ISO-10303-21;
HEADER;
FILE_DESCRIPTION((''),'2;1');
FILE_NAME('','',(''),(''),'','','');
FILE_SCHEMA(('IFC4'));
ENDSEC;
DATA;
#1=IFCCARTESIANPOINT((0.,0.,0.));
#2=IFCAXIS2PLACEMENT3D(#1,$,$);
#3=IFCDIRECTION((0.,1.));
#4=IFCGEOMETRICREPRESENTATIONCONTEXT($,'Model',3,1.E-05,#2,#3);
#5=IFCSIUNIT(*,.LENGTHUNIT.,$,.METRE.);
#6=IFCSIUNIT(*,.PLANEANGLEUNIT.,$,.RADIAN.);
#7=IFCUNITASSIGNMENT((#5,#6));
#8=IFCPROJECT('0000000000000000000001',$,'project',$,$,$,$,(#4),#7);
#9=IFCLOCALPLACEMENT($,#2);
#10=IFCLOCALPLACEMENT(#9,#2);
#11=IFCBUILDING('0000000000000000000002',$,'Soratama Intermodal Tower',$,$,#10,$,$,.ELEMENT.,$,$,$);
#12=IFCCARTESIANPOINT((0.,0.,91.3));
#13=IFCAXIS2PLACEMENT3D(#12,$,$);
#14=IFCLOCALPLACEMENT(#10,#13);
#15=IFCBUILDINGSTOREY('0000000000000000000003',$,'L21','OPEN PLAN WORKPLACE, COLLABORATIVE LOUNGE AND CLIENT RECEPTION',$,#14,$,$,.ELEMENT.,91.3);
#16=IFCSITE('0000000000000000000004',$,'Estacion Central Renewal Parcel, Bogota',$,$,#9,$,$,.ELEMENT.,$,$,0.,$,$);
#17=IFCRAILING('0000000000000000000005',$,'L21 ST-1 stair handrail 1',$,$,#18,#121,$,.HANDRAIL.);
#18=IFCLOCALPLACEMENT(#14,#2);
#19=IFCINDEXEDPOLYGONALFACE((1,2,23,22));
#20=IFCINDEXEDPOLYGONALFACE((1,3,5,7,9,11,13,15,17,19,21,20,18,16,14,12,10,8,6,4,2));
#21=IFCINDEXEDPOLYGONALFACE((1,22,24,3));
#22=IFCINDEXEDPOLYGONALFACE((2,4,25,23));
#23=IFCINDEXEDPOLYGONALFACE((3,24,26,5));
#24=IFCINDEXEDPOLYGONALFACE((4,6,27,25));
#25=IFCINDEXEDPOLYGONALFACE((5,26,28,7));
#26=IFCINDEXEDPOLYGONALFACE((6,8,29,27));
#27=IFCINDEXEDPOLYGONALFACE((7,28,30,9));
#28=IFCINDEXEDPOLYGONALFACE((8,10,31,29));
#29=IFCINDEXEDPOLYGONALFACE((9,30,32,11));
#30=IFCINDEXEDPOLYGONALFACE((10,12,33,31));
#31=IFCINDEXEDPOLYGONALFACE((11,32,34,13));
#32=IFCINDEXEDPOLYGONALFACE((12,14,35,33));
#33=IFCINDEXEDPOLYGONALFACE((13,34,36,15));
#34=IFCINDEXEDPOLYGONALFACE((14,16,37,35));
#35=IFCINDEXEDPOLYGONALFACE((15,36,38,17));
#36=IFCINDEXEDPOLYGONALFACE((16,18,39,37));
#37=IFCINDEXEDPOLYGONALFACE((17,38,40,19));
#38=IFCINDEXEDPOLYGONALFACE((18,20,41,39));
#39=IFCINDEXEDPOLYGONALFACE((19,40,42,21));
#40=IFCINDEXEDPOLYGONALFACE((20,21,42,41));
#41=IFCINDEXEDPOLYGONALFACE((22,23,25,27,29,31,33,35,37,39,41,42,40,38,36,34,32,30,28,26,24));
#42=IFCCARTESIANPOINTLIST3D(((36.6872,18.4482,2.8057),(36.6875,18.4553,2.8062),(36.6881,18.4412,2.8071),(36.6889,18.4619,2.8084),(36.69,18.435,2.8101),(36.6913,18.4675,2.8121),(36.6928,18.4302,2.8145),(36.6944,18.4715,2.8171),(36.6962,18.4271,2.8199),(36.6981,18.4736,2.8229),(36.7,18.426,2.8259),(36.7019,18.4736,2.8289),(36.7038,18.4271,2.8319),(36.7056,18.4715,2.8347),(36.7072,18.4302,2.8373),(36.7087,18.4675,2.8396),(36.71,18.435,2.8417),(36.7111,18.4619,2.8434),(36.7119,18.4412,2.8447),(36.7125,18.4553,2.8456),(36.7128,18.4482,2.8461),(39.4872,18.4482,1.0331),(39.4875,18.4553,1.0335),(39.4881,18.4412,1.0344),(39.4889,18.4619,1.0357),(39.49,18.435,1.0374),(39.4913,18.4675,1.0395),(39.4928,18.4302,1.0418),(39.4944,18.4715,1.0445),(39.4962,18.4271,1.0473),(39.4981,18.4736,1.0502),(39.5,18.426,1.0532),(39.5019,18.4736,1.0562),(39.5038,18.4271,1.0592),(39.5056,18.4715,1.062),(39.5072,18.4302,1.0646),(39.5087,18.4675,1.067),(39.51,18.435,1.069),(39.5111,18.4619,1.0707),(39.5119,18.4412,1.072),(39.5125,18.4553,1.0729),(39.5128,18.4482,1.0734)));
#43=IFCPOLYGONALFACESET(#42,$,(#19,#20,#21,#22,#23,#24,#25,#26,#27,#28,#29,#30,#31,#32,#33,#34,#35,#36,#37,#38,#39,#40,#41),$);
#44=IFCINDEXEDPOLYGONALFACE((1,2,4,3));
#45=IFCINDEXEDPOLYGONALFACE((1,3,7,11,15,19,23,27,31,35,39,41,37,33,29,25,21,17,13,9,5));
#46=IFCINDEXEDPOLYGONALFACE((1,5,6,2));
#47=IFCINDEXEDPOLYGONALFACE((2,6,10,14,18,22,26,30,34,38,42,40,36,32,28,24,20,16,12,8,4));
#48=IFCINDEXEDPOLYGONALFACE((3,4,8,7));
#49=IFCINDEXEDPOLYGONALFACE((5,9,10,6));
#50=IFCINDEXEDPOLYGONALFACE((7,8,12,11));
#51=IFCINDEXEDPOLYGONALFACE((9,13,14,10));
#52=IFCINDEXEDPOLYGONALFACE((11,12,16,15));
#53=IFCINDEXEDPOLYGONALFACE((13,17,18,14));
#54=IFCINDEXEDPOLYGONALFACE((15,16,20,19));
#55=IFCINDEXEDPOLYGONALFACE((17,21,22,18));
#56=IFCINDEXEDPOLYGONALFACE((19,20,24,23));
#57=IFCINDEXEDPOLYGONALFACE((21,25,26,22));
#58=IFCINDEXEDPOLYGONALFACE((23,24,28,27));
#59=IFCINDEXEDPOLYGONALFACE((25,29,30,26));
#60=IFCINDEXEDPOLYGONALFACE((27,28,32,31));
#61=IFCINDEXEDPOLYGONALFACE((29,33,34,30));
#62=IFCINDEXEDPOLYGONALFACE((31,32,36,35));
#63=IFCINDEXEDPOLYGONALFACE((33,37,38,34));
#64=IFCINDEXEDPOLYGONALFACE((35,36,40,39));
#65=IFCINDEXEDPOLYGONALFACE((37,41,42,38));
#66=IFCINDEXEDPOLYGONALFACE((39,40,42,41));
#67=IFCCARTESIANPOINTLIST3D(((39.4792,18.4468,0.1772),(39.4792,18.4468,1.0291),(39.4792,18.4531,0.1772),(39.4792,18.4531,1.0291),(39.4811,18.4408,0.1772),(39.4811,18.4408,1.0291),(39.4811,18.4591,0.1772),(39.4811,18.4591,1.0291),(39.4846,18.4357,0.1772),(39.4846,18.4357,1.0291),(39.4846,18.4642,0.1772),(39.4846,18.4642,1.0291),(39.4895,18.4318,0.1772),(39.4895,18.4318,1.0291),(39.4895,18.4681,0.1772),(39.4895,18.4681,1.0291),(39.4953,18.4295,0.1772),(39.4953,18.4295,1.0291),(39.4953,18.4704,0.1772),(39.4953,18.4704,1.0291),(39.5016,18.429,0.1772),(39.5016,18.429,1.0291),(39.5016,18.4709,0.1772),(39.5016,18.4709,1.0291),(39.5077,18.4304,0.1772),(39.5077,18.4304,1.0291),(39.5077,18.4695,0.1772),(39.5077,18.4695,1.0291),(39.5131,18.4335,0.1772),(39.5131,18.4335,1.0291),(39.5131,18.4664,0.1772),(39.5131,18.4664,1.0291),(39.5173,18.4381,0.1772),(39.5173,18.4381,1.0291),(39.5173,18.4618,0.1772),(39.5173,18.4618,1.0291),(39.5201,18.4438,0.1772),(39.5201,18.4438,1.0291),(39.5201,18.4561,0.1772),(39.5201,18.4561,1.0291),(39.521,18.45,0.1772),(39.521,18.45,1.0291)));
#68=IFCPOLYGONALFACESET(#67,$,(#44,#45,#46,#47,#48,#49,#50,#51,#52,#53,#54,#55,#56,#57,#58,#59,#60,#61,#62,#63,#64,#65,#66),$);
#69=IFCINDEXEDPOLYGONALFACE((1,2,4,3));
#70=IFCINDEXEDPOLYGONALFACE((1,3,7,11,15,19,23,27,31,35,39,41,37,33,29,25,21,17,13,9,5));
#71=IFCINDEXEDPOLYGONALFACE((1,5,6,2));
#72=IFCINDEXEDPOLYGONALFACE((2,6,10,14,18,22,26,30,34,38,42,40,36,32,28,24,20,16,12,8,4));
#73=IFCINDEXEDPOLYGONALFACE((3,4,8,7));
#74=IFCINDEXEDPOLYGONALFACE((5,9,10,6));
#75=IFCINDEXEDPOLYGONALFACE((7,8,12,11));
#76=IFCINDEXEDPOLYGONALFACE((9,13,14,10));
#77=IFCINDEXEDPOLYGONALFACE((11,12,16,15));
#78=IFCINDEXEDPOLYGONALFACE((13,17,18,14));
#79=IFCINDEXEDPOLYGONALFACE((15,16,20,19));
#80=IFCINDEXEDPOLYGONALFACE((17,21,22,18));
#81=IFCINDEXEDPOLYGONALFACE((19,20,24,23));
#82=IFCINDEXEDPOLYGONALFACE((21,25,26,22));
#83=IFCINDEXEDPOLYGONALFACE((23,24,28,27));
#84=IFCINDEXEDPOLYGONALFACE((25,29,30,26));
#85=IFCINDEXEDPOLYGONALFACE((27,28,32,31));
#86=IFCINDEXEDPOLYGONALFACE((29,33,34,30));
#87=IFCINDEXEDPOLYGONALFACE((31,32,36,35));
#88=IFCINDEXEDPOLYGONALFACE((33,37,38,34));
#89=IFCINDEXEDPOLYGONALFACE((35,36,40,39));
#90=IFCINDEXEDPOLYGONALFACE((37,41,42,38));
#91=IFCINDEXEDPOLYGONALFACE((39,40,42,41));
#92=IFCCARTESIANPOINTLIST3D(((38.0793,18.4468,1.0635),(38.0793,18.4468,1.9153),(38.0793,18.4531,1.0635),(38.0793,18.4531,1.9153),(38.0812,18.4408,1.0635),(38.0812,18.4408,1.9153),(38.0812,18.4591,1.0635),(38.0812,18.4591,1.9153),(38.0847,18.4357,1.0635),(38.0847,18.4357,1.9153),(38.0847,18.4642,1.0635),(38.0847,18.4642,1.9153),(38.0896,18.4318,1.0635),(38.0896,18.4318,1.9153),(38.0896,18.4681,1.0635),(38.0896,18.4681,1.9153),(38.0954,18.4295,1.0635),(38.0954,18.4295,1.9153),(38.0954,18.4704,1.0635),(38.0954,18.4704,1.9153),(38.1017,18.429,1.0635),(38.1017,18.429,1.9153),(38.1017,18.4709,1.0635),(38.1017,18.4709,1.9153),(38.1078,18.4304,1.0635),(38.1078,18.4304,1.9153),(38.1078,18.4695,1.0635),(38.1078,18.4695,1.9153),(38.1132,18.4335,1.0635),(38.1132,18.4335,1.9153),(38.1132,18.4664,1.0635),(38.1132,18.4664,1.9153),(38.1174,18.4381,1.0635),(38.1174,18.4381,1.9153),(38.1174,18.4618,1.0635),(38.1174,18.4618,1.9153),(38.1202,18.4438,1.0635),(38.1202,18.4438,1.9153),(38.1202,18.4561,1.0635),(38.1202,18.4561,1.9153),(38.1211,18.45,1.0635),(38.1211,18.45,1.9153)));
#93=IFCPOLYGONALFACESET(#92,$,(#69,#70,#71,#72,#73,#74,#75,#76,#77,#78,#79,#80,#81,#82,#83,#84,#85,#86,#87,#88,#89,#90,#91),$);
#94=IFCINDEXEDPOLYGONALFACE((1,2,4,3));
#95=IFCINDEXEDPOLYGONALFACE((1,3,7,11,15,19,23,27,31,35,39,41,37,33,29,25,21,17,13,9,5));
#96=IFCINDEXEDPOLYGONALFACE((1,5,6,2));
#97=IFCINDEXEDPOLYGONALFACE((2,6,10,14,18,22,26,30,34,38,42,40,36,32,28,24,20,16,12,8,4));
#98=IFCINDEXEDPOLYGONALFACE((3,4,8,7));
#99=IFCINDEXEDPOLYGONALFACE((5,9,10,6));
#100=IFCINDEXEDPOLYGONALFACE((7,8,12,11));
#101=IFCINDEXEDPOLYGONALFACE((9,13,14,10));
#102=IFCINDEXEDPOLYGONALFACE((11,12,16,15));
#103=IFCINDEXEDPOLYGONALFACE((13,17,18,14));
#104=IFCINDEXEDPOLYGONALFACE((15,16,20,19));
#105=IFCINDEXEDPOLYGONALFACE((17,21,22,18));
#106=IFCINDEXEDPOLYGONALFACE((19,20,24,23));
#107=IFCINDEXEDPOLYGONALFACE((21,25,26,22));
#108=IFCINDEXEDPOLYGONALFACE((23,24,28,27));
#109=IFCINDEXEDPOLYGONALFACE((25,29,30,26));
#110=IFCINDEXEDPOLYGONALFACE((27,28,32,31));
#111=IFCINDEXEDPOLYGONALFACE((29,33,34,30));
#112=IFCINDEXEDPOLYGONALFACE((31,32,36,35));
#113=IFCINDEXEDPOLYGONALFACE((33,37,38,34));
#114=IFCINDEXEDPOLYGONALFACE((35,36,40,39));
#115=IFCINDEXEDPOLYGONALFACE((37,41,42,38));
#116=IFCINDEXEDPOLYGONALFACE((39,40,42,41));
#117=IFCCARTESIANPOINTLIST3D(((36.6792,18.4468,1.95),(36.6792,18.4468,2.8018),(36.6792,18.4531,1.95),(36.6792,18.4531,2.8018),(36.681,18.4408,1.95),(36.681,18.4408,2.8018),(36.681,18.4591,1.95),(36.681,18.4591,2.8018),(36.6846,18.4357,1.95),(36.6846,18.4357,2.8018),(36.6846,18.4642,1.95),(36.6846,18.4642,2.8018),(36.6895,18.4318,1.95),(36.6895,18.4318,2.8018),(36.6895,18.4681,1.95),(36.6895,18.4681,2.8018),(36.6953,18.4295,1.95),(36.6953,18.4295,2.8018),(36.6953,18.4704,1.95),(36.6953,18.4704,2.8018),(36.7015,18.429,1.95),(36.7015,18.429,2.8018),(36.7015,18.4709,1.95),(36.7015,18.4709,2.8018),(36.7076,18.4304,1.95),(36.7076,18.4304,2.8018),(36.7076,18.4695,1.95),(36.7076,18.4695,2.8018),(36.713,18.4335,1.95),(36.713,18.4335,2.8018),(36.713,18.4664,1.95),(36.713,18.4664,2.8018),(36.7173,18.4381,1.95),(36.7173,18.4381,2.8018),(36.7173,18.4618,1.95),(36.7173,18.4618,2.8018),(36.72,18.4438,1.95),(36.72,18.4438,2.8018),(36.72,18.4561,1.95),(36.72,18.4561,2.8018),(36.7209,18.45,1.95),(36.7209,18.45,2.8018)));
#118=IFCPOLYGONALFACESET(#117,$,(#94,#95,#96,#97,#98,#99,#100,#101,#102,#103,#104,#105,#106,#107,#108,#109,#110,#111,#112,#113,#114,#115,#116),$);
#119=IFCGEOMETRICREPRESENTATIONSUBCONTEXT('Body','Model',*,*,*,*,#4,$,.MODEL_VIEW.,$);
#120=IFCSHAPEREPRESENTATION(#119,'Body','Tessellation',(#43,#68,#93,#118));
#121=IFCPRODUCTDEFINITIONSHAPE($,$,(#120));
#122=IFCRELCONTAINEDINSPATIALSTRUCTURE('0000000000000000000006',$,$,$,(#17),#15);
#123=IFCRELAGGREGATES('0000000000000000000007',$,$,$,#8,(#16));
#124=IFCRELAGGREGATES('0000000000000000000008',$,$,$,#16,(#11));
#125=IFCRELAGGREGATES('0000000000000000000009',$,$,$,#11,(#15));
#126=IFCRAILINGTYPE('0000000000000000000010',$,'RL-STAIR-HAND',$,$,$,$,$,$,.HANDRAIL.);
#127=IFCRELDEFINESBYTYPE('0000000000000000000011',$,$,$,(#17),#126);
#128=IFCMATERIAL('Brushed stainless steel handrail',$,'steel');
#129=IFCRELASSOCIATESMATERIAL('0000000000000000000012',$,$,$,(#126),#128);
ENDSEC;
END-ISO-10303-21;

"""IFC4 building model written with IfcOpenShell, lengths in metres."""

from ifc_helpers import new_model, si_unit, direction, frame, origin, origin_2d, place, context, subcontext, project, spatial, circle, extrude, material, type_object, element, save


model = new_model("IFC4")

# Units and contexts
model_context = context("Model", 3, precision=1e-05, world=origin(), true_north=direction((0.0, 1.0)))
body_context = subcontext(model_context, "Body", "Model", "MODEL_VIEW")
ifc_project = project(units=[si_unit("LENGTHUNIT", "METRE"), si_unit("PLANEANGLEUNIT", "RADIAN")], contexts=[model_context])

# Site, building, storey
site_placement = place(None, origin())
site = spatial("IfcSite", under=ifc_project, at=site_placement, Name="Estacion Central Renewal Parcel, Bogota", CompositionType="ELEMENT", RefElevation=0.0)
building_placement = place(site_placement, origin())
building = spatial("IfcBuilding", under=site, at=building_placement, Name="Soratama Intermodal Tower", CompositionType="ELEMENT")
storey_placement = place(building_placement, frame((0.0, 0.0, 91.3)))
storey = spatial("IfcBuildingStorey", under=building, at=storey_placement, Name="L21", Description="OPEN PLAN WORKPLACE, COLLABORATIVE LOUNGE AND CLIENT RECEPTION", CompositionType="ELEMENT", Elevation=91.3)

# Railing
ifc_material_1 = material(Name="Brushed stainless steel handrail", Category="steel")
railing_type_1 = type_object("IfcRailingType", Name="RL-STAIR-HAND", PredefinedType="HANDRAIL", material=ifc_material_1)
railing_1_placement = place(storey_placement, frame((39.5, 18.45, 0.1772)))
element("IfcRailing", 1, at=railing_1_placement, inside=storey, type_object=railing_type_1, Name="L21 ST-1 stair handrail 1", PredefinedType="HANDRAIL", context=body_context, shape_type="SweptSolid", body=[
    extrude(circle(Radius=0.0239, at=origin_2d()), frame((0.0, 0.0, 0.876), z_axis=(-0.844909, 0.0, 0.53491), x_axis=(0.0, -1.0, 0.0)), (0.0, 0.0, 1.0), 3.314),
    extrude(circle(Radius=0.021, at=origin_2d()), origin(), (0.0, 0.0, 1.0), 0.8518),
    extrude(circle(Radius=0.021, at=origin_2d()), frame((-1.3999, 0.0, 0.8862)), (0.0, 0.0, 1.0), 0.8518),
    extrude(circle(Radius=0.021, at=origin_2d()), frame((-2.8, 0.0, 1.7727)), (0.0, 0.0, 1.0), 0.8518),
])

save(model, "model.ifc")
